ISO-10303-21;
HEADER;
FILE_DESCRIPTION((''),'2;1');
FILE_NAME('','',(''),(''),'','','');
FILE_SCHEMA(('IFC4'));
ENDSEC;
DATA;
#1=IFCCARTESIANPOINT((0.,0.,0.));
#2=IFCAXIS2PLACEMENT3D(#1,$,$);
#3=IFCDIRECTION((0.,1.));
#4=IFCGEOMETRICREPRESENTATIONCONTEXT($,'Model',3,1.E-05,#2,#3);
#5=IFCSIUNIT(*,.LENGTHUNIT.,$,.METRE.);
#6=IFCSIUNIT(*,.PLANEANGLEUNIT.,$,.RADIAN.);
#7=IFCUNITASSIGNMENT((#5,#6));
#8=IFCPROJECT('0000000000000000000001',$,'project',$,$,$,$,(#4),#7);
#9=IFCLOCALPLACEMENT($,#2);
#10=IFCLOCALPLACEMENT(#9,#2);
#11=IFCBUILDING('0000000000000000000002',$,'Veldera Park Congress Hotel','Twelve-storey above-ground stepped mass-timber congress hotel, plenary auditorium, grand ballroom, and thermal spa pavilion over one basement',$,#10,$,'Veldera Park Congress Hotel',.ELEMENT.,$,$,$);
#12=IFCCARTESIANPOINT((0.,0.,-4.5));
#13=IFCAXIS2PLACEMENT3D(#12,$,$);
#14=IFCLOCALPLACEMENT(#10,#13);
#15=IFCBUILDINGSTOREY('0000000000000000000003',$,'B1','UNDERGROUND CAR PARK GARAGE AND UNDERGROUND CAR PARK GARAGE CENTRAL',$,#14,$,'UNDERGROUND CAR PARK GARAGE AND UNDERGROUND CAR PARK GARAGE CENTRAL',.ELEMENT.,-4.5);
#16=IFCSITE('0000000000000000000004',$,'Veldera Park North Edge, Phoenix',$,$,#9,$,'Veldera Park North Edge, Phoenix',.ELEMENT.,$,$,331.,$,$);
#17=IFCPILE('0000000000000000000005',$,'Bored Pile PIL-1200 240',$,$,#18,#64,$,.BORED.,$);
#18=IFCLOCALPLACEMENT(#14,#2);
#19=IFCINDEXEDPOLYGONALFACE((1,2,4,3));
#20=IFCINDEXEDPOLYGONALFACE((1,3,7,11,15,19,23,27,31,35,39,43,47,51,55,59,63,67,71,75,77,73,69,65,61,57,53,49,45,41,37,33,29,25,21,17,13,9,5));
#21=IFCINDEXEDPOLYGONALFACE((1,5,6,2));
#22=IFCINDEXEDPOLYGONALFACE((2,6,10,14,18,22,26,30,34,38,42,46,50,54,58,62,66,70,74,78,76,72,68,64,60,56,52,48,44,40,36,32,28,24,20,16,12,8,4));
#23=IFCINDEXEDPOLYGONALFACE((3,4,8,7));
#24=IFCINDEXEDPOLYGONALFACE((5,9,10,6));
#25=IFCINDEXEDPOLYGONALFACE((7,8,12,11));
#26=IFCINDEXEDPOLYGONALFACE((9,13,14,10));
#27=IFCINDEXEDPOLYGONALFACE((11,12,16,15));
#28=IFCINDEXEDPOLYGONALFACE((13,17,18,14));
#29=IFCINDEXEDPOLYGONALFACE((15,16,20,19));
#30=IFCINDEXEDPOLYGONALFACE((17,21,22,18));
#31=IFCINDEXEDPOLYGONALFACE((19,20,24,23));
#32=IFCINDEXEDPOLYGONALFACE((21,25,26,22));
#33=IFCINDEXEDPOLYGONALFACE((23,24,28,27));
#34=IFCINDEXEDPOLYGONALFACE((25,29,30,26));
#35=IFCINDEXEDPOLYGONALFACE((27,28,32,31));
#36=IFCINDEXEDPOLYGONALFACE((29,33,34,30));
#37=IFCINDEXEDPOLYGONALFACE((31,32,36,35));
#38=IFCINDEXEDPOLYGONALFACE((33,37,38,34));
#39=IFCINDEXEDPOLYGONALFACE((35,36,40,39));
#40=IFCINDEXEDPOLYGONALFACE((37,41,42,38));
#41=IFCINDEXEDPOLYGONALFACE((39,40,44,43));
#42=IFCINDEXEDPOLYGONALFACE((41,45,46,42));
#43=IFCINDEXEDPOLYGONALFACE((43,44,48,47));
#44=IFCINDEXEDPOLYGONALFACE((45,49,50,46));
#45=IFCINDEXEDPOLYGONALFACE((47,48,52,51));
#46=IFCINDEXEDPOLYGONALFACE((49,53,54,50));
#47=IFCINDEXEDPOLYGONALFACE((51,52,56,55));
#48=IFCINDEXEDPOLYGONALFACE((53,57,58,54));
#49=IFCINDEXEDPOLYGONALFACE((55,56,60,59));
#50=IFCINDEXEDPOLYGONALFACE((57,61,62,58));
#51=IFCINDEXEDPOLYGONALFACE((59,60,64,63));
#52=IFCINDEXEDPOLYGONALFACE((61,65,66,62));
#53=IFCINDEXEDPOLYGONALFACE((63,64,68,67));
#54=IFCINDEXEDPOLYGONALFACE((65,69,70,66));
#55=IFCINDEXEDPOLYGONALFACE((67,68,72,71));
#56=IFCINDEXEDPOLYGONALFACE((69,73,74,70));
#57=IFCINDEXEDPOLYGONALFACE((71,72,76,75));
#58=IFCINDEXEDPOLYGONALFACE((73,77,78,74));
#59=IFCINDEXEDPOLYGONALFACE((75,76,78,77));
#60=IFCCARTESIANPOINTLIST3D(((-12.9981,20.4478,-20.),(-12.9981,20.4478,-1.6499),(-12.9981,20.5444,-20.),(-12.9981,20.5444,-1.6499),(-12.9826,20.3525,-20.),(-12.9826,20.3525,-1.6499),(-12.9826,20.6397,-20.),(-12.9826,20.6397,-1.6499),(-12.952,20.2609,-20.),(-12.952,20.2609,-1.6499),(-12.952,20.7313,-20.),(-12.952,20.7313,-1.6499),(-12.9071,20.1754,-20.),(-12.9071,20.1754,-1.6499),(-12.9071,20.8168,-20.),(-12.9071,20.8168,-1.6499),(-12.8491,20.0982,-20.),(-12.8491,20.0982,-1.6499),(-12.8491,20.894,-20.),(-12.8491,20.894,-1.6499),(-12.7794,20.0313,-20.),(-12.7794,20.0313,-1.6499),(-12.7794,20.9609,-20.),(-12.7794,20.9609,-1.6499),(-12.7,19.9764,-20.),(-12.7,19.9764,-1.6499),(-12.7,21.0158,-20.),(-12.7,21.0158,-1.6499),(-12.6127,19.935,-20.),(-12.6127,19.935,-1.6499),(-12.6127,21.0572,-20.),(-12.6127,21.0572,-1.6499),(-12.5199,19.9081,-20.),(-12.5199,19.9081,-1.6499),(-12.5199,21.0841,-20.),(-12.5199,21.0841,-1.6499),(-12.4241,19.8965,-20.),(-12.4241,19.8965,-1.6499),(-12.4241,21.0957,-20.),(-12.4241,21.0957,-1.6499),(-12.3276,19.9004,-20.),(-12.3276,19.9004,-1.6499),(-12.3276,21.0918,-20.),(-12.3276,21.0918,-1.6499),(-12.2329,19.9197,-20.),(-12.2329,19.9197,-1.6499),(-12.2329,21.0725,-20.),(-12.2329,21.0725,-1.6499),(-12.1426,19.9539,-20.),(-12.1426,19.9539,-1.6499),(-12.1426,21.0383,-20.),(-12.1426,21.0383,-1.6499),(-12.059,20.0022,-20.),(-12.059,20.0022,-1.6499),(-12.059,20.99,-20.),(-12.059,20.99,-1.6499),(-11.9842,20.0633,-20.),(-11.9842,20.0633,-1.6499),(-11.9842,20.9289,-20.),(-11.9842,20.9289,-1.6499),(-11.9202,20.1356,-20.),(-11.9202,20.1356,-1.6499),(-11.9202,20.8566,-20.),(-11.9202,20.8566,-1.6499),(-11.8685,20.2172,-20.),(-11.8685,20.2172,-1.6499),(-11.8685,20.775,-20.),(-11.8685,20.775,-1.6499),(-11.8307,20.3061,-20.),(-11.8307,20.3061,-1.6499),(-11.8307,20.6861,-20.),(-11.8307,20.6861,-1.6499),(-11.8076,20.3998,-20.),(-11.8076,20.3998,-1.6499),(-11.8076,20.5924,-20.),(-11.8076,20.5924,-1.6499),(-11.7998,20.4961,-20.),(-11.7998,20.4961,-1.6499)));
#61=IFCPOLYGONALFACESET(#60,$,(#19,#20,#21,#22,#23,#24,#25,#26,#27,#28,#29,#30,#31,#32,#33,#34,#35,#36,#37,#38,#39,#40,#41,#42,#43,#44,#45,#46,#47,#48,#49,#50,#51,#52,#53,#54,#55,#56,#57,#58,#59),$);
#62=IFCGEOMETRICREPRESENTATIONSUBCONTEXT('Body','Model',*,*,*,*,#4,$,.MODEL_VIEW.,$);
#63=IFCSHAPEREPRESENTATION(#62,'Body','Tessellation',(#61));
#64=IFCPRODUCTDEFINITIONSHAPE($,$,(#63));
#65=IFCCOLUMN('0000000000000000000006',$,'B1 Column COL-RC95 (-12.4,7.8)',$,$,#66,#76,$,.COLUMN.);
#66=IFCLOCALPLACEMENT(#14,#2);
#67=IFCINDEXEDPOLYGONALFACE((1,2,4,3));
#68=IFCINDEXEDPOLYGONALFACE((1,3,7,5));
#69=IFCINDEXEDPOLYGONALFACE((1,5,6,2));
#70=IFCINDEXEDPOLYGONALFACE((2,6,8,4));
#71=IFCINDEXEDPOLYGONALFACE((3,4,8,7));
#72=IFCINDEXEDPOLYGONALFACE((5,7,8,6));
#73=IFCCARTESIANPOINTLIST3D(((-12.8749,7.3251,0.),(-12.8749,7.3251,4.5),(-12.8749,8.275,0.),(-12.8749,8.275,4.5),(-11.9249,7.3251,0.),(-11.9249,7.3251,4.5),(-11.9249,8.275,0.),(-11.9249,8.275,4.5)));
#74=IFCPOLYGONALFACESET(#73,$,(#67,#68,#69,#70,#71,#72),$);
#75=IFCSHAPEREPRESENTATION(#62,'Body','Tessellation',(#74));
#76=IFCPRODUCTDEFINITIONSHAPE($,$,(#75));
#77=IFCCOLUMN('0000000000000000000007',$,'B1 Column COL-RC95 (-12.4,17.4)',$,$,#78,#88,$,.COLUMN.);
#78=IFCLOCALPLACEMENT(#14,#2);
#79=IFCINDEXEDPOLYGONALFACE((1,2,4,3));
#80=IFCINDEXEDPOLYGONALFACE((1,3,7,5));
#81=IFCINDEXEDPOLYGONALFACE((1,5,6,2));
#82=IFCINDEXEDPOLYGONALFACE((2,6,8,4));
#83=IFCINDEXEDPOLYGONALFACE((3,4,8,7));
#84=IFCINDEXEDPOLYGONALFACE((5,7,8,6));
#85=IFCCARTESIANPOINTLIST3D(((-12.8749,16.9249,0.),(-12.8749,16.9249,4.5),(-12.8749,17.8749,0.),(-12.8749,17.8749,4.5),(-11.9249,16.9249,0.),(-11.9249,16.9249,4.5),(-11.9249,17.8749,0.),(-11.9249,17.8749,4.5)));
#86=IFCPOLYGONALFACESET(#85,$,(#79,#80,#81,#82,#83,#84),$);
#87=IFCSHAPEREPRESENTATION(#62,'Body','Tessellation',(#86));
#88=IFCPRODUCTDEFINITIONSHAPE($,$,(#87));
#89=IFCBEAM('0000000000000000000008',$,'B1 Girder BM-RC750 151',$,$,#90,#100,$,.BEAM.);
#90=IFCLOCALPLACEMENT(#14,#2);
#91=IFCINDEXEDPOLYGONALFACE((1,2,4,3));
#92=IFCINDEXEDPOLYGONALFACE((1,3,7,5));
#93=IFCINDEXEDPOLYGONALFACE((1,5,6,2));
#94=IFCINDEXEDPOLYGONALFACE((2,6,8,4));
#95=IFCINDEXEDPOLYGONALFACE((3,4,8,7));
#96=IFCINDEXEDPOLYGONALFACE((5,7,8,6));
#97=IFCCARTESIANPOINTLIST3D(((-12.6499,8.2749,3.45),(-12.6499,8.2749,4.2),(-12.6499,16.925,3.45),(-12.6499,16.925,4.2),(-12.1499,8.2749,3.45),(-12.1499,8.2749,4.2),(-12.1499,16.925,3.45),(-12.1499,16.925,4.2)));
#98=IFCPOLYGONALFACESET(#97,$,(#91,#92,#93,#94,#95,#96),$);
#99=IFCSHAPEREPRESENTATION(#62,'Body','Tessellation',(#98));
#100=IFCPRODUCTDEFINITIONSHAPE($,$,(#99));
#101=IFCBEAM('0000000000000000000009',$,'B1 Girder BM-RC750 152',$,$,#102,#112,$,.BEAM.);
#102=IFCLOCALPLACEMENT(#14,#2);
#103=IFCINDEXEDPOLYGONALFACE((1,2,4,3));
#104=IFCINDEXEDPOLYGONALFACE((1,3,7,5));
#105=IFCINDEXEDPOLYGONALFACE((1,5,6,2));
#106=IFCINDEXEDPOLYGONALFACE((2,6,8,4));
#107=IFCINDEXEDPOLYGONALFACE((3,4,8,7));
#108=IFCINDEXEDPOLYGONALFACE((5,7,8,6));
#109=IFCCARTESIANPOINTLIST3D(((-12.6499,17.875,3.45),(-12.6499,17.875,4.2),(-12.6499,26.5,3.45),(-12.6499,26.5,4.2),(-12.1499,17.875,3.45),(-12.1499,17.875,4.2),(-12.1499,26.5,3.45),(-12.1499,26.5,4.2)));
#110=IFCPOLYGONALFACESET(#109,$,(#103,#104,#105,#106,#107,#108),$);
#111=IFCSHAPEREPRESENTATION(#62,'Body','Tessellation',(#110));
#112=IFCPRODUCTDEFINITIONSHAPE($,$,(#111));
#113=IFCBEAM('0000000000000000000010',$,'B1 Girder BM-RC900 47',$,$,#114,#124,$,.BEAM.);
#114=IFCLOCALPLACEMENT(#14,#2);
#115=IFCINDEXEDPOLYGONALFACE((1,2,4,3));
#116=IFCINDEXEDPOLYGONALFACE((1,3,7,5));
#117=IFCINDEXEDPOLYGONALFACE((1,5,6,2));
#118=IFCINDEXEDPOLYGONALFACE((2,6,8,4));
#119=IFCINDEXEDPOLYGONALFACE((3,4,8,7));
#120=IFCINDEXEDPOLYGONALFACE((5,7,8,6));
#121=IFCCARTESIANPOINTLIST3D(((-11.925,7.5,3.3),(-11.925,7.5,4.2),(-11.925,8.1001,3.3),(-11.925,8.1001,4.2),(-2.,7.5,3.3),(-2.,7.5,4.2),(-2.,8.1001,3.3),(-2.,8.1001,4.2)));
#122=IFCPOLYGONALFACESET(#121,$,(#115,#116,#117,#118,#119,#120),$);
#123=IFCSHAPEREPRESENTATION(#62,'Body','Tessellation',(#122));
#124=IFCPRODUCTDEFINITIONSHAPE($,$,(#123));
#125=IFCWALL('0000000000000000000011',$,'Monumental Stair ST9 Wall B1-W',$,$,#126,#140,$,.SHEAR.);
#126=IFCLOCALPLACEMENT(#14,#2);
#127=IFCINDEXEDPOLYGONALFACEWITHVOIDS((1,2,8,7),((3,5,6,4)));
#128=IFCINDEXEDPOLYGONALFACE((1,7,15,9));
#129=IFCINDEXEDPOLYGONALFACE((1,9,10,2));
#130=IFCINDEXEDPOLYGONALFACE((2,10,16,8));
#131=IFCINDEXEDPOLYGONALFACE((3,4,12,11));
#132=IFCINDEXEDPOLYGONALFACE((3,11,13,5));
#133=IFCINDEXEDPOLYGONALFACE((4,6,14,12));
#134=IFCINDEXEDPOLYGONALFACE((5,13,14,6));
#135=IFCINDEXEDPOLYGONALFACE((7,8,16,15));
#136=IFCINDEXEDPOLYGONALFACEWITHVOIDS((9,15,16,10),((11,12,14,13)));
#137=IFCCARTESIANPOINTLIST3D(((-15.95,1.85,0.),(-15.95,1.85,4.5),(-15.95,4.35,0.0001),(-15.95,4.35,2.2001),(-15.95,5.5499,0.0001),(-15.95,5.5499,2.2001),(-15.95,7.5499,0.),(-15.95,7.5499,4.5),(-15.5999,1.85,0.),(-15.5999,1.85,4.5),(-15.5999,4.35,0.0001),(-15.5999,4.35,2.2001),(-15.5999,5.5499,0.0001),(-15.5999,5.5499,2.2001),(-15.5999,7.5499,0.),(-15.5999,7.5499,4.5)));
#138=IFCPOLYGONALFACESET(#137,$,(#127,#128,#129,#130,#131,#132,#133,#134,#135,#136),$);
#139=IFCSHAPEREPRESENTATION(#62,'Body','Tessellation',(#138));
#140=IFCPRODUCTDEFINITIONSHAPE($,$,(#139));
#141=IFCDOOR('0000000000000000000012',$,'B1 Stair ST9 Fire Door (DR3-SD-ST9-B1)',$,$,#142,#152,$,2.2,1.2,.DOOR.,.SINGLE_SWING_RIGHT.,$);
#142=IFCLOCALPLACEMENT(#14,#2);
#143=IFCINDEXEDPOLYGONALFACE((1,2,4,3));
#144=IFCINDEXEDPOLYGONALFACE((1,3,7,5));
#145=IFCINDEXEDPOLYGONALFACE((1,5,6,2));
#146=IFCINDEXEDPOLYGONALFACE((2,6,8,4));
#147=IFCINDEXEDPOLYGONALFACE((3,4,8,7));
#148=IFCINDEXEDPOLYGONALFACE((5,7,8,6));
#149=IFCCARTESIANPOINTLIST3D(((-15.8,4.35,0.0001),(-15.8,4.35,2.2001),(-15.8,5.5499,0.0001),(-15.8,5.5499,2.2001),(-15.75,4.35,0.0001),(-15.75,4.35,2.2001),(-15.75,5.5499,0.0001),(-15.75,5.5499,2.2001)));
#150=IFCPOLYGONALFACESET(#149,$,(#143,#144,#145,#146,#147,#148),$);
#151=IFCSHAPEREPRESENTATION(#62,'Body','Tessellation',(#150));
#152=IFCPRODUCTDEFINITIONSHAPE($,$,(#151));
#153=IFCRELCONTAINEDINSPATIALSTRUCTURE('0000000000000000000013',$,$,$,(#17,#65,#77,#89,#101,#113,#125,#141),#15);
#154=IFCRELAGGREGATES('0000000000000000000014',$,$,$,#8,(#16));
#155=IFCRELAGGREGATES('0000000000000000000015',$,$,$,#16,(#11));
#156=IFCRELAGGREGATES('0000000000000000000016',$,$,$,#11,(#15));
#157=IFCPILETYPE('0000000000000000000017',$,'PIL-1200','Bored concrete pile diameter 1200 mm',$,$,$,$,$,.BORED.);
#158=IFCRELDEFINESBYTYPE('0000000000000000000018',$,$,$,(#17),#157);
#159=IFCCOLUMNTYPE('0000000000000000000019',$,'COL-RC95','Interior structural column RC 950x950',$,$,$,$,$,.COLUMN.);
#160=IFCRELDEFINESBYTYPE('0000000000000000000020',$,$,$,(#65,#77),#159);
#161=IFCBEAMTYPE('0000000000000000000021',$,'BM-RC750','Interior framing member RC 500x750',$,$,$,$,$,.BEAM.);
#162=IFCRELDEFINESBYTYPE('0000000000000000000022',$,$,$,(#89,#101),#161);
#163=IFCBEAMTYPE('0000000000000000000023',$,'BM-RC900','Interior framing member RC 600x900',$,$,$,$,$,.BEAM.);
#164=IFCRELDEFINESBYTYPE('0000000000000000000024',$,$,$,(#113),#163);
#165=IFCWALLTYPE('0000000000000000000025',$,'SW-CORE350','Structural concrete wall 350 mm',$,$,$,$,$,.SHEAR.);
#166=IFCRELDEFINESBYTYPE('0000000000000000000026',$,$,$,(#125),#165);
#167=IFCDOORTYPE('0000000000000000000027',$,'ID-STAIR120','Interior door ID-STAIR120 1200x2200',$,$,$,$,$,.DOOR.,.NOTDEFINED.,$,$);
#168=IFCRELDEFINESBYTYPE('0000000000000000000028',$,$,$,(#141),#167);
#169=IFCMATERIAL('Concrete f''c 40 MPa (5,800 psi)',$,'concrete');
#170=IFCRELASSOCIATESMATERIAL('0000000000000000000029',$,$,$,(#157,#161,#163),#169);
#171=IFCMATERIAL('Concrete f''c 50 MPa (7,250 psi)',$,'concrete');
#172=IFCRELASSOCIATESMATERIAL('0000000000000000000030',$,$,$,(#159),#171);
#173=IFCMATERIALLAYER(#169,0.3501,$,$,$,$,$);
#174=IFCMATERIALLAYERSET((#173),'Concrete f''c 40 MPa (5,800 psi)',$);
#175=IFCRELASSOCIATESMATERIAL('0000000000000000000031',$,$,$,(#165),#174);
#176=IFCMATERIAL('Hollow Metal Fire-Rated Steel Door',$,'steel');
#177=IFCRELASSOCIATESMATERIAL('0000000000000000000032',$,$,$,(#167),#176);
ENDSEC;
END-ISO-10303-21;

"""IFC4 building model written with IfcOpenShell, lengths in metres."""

from ifc_helpers import new_model, si_unit, direction, frame, frame_2d, origin, origin_2d, place, context, subcontext, project, spatial, rectangle, circle, extrude, material, layer, layer_set, material_profile, profile_set, type_object, element, fill, save


model = new_model("IFC4")

# Units and contexts
model_context = context("Model", 3, precision=1e-05, world=origin(), true_north=direction((0.0, 1.0)))
body_context = subcontext(model_context, "Body", "Model", "MODEL_VIEW")
ifc_project = project(units=[si_unit("LENGTHUNIT", "METRE"), si_unit("PLANEANGLEUNIT", "RADIAN")], contexts=[model_context])

# Site, building, storey
site_placement = place(None, origin())
site = spatial("IfcSite", under=ifc_project, at=site_placement, Name="Veldera Park North Edge, Phoenix", LongName="Veldera Park North Edge, Phoenix", CompositionType="ELEMENT", RefElevation=331.0)
building_placement = place(site_placement, origin())
building = spatial("IfcBuilding", under=site, at=building_placement, Name="Veldera Park Congress Hotel", Description="Twelve-storey above-ground stepped mass-timber congress hotel, plenary auditorium, grand ballroom, and thermal spa pavilion over one basement", LongName="Veldera Park Congress Hotel", CompositionType="ELEMENT")
storey_placement = place(building_placement, frame((0.0, 0.0, -4.5)))
storey = spatial("IfcBuildingStorey", under=building, at=storey_placement, Name="B1", Description="UNDERGROUND CAR PARK GARAGE AND UNDERGROUND CAR PARK GARAGE CENTRAL", LongName="UNDERGROUND CAR PARK GARAGE AND UNDERGROUND CAR PARK GARAGE CENTRAL", CompositionType="ELEMENT", Elevation=-4.5)

# Shared definitions
ifc_material_1 = material(Name="Concrete f'c 40 MPa (5,800 psi)", Category="concrete")

# Pile
ifc_material_profile_1 = material_profile(ifc_material_1, circle(Radius=0.6001, at=origin_2d()), Name="PILE D1200")
ifc_profile_set_1 = profile_set([ifc_material_profile_1], Name="Concrete f'c 40 MPa (5,800 psi)")
pile_type = type_object("IfcPileType", Name="PIL-1200", Description="Bored concrete pile diameter 1200 mm", PredefinedType="BORED", material=ifc_profile_set_1)
for number, where, z_axis, x_axis, name in (
    (1, (-12.3999, 20.4961, -1.6499), (0.0, 0.0, -1.0), (1.0, 0.0, 0.0), "Bored Pile PIL-1200 240"),
):
    element("IfcPile", number, at=place(storey_placement, frame(where, z_axis=z_axis, x_axis=x_axis)), inside=storey, type_object=pile_type, Name=name, PredefinedType="BORED", context=body_context, shape_type="SweptSolid", body=[
        extrude(circle(Radius=0.6001, at=origin_2d()), origin(), (0.0, 0.0, 1.0), 18.3501),
    ])

# Columns
ifc_material_2 = material(Name="Concrete f'c 50 MPa (7,250 psi)", Category="concrete")
ifc_material_profile_2 = material_profile(ifc_material_2, rectangle(XDim=0.95, YDim=0.95, at=origin_2d()), Name="RC 950x950")
ifc_profile_set_2 = profile_set([ifc_material_profile_2], Name="Concrete f'c 50 MPa (7,250 psi)")
column_type = type_object("IfcColumnType", Name="COL-RC95", Description="Interior structural column RC 950x950", PredefinedType="COLUMN", material=ifc_profile_set_2)
for number, where, z_axis, x_axis, name in (
    (2, (-12.3999, 7.8, 0.0), (0.0, 0.0, 1.0), (1.0, 0.0, 0.0), "B1 Column COL-RC95 (-12.4,7.8)"),
    (3, (-12.3999, 17.3999, 0.0), (0.0, 0.0, 1.0), (1.0, 0.0, 0.0), "B1 Column COL-RC95 (-12.4,17.4)"),
):
    element("IfcColumn", number, at=place(storey_placement, frame(where, z_axis=z_axis, x_axis=x_axis)), inside=storey, type_object=column_type, Name=name, PredefinedType="COLUMN", context=body_context, shape_type="SweptSolid", body=[
        extrude(rectangle(XDim=0.95, YDim=0.95, at=origin_2d()), origin(), (0.0, 0.0, 1.0), 4.5),
    ])

# Beams
ifc_material_profile_3 = material_profile(ifc_material_1, rectangle(XDim=0.5, YDim=0.75, at=origin_2d()), Name="RC 500x750")
ifc_profile_set_3 = profile_set([ifc_material_profile_3], Name="Concrete f'c 40 MPa (5,800 psi)")
beam_type_1 = type_object("IfcBeamType", Name="BM-RC750", Description="Interior framing member RC 500x750", PredefinedType="BEAM", material=ifc_profile_set_3)
beam_1_placement = place(storey_placement, frame((-12.3999, 8.2749, 3.825), z_axis=(0.0, 1.0, 0.0), x_axis=(-1.0, 0.0, 0.0)))
element("IfcBeam", 4, at=beam_1_placement, inside=storey, type_object=beam_type_1, Name="B1 Girder BM-RC750 151", PredefinedType="BEAM", context=body_context, shape_type="SweptSolid", body=[
    extrude(rectangle(XDim=0.5, YDim=0.75, at=origin_2d()), origin(), (0.0, 0.0, 1.0), 8.6501),
])
beam_2_placement = place(storey_placement, frame((-12.3999, 17.875, 3.825), z_axis=(0.0, 1.0, 0.0), x_axis=(-1.0, 0.0, 0.0)))
element("IfcBeam", 5, at=beam_2_placement, inside=storey, type_object=beam_type_1, Name="B1 Girder BM-RC750 152", PredefinedType="BEAM", context=body_context, shape_type="SweptSolid", body=[
    extrude(rectangle(XDim=0.5, YDim=0.75, at=origin_2d()), origin(), (0.0, 0.0, 1.0), 8.625),
])
ifc_material_profile_4 = material_profile(ifc_material_1, rectangle(XDim=0.6001, YDim=0.8999, at=origin_2d()), Name="RC 600x900")
ifc_profile_set_4 = profile_set([ifc_material_profile_4], Name="Concrete f'c 40 MPa (5,800 psi)")
beam_type_2 = type_object("IfcBeamType", Name="BM-RC900", Description="Interior framing member RC 600x900", PredefinedType="BEAM", material=ifc_profile_set_4)
beam_3_placement = place(storey_placement, frame((-11.925, 7.8, 3.75), z_axis=(1.0, 0.0, 0.0), x_axis=(0.0, 1.0, 0.0)))
element("IfcBeam", 6, at=beam_3_placement, inside=storey, type_object=beam_type_2, Name="B1 Girder BM-RC900 47", PredefinedType="BEAM", context=body_context, shape_type="SweptSolid", body=[
    extrude(rectangle(XDim=0.6001, YDim=0.8999, at=origin_2d()), origin(), (0.0, 0.0, 1.0), 9.925),
])

# Wall, opening, door
ifc_layer = layer(ifc_material_1, 0.3501)
ifc_layer_set = layer_set([ifc_layer], Name="Concrete f'c 40 MPa (5,800 psi)")
wall_type = type_object("IfcWallType", Name="SW-CORE350", Description="Structural concrete wall 350 mm", PredefinedType="SHEAR", material=ifc_layer_set)
wall_placement = place(storey_placement, frame((-15.7749, 7.55, 0.0), z_axis=(0.0, 0.0, 1.0), x_axis=(0.0, -1.0, 0.0)))
wall = element("IfcWall", 7, at=wall_placement, inside=storey, type_object=wall_type, Name="Monumental Stair ST9 Wall B1-W", PredefinedType="SHEAR", context=body_context, shape_type="SweptSolid", body=[
    extrude(rectangle(XDim=5.7, YDim=0.3501, at=frame_2d((2.8501, 0.0))), origin(), (0.0, 0.0, 1.0), 4.5),
])
opening_placement = place(wall_placement, frame((2.0, 0.0, 0.0)))
opening = element("IfcOpeningElement", 8, at=opening_placement, cuts=wall, PredefinedType="OPENING", context=body_context, shape_type="SweptSolid", body=[
    extrude(rectangle(XDim=1.2, YDim=2.2, at=frame_2d((0.6001, 1.1001))), frame((0.0, 0.187, 0.0), z_axis=(0.0, -1.0, 0.0), x_axis=(1.0, 0.0, 0.0)), (0.0, 0.0, 1.0), 0.374),
])
ifc_material_3 = material(Name="Hollow Metal Fire-Rated Steel Door", Category="steel")
door_type = type_object("IfcDoorType", Name="ID-STAIR120", Description="Interior door ID-STAIR120 1200x2200", OperationType="NOTDEFINED", PredefinedType="DOOR", material=ifc_material_3)
door_placement = place(opening_placement, origin())
door = element("IfcDoor", 9, at=door_placement, inside=storey, type_object=door_type, Name="B1 Stair ST9 Fire Door (DR3-SD-ST9-B1)", OperationType="SINGLE_SWING_RIGHT", OverallHeight=2.2, OverallWidth=1.2, PredefinedType="DOOR", context=body_context, shape_type="SweptSolid", body=[
    extrude(rectangle(XDim=1.2, YDim=2.2, at=frame_2d((0.6001, 1.1001))), frame((0.0, 0.0249, 0.0), z_axis=(0.0, -1.0, 0.0), x_axis=(1.0, 0.0, 0.0)), (0.0, 0.0, 1.0), 0.05),
])
fill(opening, door)

save(model, "model.ifc")
